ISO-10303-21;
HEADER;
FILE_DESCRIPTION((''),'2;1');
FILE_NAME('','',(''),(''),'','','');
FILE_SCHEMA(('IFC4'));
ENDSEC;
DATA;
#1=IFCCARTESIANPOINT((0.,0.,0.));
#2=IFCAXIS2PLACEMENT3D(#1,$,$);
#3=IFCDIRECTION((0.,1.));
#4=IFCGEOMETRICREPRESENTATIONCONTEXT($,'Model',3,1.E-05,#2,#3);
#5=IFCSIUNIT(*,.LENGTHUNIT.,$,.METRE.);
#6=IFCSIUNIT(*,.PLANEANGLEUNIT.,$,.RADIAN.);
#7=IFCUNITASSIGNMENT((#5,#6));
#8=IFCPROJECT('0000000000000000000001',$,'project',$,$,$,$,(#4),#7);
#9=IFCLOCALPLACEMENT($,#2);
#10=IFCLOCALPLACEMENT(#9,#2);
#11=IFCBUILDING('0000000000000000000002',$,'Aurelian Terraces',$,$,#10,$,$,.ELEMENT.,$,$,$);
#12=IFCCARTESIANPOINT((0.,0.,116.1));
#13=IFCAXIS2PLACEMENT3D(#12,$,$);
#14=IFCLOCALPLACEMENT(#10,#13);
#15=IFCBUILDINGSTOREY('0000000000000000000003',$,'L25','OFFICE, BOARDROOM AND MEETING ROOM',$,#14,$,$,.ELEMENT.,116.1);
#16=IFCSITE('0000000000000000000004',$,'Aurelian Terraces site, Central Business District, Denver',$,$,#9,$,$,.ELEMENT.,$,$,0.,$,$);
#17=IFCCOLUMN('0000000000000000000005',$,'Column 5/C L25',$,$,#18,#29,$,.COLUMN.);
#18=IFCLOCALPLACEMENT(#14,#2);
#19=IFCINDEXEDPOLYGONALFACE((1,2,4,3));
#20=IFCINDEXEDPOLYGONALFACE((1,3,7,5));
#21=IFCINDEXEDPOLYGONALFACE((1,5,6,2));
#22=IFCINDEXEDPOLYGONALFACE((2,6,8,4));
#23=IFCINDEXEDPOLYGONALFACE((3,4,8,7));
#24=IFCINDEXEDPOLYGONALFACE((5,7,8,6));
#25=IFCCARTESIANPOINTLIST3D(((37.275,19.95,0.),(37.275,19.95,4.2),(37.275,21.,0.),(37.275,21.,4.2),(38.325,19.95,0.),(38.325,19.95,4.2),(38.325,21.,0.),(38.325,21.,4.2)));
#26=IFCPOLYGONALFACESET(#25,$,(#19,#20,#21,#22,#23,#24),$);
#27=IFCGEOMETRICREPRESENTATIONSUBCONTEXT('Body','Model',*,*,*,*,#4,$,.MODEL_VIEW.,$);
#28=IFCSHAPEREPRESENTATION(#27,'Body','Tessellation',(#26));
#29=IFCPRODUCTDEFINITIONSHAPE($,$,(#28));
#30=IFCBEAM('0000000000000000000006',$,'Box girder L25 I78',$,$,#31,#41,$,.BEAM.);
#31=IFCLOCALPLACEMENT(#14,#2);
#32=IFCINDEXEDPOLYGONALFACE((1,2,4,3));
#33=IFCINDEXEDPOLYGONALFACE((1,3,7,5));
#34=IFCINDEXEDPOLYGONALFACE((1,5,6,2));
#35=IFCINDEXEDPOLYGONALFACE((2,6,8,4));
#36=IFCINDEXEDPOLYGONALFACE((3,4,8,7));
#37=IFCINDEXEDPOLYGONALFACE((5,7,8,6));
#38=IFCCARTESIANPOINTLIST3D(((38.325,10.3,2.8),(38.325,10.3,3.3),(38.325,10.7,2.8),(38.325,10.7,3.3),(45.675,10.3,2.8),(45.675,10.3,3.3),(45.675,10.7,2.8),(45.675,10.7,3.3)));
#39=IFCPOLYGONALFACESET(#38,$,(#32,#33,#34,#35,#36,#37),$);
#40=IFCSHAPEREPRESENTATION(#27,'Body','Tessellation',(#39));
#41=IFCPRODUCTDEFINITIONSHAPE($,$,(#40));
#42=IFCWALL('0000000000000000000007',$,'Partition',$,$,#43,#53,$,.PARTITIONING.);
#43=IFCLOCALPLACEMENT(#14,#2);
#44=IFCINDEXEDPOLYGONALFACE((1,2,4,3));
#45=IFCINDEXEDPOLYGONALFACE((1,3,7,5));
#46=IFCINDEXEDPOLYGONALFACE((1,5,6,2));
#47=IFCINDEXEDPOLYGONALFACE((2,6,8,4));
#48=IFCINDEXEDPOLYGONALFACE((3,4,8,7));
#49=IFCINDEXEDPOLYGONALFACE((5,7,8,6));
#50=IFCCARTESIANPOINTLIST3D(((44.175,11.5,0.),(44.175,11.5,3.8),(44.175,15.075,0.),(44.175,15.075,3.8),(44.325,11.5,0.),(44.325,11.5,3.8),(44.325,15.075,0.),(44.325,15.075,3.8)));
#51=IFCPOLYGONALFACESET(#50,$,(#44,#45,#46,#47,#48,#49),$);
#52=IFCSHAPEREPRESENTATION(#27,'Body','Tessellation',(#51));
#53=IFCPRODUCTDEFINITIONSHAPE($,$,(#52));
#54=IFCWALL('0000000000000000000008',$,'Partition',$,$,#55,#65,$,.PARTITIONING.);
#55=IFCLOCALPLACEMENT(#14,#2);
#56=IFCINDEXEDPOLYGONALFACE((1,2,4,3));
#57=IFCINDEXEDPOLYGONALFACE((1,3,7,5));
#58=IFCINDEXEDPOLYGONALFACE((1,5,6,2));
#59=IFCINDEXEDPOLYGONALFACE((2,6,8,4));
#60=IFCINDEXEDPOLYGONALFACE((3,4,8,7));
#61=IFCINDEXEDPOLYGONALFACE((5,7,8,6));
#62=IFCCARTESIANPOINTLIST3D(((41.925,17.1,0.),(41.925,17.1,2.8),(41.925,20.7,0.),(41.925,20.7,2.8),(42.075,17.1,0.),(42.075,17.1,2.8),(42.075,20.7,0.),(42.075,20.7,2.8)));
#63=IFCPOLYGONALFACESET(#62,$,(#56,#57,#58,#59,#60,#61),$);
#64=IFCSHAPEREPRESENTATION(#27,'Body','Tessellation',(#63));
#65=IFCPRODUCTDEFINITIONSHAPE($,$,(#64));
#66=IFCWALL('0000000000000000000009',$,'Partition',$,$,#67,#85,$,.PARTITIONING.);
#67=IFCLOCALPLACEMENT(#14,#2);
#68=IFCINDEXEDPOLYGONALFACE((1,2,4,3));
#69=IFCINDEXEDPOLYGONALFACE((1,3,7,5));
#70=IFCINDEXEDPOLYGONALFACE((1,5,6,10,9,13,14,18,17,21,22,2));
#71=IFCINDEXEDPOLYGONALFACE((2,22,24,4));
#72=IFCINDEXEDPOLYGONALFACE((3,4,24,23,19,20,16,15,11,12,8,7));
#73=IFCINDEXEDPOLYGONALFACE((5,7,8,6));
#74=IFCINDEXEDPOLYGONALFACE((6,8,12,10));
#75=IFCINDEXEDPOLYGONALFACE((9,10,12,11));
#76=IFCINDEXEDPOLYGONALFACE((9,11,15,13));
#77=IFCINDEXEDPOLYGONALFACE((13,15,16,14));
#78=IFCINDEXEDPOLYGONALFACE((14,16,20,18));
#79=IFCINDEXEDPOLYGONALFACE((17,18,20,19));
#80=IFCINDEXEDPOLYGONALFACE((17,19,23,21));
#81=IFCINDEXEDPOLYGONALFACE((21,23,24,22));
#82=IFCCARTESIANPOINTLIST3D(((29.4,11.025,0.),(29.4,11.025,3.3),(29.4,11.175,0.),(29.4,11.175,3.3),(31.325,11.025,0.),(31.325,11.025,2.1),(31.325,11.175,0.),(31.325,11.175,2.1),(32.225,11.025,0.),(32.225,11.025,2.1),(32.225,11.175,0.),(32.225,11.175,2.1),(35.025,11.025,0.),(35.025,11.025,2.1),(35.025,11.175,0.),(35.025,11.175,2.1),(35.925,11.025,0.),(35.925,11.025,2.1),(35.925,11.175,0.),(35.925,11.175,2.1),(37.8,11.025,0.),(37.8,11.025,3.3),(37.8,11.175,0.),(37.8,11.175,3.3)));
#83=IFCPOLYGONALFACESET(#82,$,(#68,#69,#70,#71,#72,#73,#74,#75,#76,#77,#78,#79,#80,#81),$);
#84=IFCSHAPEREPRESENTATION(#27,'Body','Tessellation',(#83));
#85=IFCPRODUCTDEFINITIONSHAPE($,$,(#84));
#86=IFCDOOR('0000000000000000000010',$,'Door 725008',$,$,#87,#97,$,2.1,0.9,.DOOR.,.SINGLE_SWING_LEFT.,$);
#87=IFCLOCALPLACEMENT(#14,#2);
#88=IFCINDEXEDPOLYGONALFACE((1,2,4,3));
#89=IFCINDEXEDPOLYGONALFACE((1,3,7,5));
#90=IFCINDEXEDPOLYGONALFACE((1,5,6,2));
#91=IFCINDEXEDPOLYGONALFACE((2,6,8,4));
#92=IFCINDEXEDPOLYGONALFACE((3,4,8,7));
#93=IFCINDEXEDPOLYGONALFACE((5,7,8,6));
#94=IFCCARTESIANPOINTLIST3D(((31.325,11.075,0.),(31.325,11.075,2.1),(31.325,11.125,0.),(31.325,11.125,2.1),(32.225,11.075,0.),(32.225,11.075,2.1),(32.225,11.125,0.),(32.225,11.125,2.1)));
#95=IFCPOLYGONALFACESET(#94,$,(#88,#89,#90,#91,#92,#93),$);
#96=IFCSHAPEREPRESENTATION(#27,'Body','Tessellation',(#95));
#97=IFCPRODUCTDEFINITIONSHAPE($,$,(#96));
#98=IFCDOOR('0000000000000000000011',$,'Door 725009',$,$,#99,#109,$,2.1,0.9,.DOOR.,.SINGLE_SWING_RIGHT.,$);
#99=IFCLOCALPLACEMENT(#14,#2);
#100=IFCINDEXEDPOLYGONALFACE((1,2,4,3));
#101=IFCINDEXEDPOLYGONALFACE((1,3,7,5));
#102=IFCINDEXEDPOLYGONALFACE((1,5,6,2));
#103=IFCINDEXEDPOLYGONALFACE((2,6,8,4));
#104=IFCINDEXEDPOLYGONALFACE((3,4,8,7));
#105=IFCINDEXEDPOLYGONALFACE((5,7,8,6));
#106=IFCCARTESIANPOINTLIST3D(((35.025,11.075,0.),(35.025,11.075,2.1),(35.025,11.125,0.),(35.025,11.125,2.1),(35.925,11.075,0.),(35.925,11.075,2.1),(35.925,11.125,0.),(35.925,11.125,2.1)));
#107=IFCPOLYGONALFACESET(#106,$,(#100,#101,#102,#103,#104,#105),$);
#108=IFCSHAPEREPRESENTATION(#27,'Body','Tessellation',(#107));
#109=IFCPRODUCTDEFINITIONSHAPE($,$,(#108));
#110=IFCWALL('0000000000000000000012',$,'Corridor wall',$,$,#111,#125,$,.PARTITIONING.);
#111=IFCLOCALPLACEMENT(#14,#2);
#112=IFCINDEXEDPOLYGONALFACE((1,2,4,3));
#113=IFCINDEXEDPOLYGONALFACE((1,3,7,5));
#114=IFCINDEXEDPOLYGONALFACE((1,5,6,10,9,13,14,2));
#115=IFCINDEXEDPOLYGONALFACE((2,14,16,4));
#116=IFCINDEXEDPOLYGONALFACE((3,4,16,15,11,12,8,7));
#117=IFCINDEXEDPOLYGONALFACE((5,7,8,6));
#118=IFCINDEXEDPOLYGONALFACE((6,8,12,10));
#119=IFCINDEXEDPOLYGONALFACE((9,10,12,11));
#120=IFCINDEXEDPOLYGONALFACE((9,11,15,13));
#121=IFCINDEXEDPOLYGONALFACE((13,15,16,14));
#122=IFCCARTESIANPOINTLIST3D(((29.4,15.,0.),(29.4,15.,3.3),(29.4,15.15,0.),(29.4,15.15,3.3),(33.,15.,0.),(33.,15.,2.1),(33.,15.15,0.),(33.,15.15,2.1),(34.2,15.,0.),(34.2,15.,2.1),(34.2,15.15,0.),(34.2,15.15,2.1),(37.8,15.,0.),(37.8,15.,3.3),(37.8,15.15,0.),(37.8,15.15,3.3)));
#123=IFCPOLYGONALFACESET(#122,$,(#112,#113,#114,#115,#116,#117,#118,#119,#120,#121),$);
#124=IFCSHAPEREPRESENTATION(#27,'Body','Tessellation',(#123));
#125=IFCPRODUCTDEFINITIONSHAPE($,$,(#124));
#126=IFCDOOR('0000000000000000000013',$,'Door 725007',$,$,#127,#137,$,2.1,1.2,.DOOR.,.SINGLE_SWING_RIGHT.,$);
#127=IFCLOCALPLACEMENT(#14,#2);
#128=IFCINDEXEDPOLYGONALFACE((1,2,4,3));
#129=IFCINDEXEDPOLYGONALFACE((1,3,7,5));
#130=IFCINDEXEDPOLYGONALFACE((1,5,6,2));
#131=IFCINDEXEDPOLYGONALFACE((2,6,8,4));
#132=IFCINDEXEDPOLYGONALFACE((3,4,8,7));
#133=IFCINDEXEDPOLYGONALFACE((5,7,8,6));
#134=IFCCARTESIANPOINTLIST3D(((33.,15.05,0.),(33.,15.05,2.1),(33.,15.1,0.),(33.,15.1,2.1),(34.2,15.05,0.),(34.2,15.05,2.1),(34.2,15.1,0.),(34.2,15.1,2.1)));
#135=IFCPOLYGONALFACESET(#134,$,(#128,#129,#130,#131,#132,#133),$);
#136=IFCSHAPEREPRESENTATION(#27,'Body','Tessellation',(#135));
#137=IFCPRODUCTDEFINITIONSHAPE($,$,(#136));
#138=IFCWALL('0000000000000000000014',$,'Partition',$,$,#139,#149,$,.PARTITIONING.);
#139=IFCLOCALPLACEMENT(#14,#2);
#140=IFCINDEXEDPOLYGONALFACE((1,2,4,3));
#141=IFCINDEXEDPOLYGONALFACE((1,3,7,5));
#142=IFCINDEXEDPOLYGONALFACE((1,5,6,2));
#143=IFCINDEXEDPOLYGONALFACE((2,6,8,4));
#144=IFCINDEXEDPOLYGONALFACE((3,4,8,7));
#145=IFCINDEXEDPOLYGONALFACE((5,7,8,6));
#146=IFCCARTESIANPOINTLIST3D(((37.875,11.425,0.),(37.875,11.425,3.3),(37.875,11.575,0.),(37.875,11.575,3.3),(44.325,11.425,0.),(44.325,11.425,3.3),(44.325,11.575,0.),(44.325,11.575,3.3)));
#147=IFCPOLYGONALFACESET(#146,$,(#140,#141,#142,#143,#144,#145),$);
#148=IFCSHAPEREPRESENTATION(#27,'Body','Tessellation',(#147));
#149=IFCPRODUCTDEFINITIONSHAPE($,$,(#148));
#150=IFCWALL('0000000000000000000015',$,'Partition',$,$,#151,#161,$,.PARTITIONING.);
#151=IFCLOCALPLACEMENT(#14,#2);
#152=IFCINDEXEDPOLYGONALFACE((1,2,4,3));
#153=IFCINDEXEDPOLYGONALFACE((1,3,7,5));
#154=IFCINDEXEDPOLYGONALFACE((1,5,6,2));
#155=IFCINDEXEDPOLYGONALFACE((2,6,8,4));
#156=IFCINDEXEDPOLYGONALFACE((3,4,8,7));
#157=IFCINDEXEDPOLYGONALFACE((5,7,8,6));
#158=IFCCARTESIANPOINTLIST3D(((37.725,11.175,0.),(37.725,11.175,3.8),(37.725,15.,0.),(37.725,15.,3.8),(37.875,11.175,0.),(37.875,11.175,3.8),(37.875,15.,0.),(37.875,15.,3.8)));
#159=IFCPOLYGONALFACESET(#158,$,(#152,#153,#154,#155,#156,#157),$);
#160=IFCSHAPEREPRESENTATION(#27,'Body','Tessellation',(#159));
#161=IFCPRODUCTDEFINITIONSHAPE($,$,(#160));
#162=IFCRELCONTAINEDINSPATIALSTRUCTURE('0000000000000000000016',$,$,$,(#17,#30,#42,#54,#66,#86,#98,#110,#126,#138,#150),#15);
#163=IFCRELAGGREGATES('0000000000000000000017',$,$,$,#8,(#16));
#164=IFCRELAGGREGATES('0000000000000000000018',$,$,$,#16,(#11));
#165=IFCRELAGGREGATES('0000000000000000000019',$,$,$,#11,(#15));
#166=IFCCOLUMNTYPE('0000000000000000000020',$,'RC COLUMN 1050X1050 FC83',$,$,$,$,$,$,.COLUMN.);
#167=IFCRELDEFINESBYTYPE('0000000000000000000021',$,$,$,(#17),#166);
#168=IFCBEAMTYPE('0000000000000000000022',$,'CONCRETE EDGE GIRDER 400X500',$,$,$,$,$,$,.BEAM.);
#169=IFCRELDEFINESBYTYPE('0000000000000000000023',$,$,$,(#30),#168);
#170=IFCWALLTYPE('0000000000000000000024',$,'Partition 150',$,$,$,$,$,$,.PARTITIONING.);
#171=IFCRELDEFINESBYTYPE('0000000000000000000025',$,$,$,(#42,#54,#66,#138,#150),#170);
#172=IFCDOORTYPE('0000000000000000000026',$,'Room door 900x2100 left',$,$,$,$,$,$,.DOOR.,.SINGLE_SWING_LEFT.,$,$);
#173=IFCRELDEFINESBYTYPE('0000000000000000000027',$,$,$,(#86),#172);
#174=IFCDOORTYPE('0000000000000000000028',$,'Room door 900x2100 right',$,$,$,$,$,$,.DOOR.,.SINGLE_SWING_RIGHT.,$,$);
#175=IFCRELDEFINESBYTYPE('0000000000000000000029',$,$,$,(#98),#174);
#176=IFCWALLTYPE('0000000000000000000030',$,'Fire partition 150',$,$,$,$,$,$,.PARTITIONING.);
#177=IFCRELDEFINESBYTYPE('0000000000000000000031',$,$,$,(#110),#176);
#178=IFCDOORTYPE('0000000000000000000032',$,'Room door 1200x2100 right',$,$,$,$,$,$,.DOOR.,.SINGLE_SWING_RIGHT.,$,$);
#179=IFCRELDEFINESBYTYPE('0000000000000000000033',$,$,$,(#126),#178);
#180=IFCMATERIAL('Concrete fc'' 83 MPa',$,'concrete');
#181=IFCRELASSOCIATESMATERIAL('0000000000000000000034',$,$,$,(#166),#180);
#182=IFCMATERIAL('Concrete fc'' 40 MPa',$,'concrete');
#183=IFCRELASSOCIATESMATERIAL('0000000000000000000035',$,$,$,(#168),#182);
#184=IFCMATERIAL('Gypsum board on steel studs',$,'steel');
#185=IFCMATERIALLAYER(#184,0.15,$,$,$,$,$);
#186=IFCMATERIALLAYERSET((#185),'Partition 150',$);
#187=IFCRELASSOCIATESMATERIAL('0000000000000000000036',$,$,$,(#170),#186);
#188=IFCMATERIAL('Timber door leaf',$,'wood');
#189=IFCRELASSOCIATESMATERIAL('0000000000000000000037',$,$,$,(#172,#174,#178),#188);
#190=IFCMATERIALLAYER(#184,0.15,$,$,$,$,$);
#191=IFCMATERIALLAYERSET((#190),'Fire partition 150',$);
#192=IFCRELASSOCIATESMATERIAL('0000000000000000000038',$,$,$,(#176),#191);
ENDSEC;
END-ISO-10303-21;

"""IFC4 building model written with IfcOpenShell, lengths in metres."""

from ifc_helpers import new_model, si_unit, direction, frame, frame_2d, origin, origin_2d, place, context, subcontext, project, spatial, rectangle, extrude, source, transform, mapped, material, layer, layer_set, material_profile, profile_set, type_object, element, fill, save


model = new_model("IFC4")

# Units and contexts
model_context = context("Model", 3, precision=1e-05, world=origin(), true_north=direction((0.0, 1.0)))
body_context = subcontext(model_context, "Body", "Model", "MODEL_VIEW")
ifc_project = project(units=[si_unit("LENGTHUNIT", "METRE"), si_unit("PLANEANGLEUNIT", "RADIAN")], contexts=[model_context])

# Site, building, storey
site_placement = place(None, origin())
site = spatial("IfcSite", under=ifc_project, at=site_placement, Name="Aurelian Terraces site, Central Business District, Denver", CompositionType="ELEMENT", RefElevation=0.0)
building_placement = place(site_placement, origin())
building = spatial("IfcBuilding", under=site, at=building_placement, Name="Aurelian Terraces", CompositionType="ELEMENT")
storey_placement = place(building_placement, frame((0.0, 0.0, 116.1)))
storey = spatial("IfcBuildingStorey", under=building, at=storey_placement, Name="L25", Description="OFFICE, BOARDROOM AND MEETING ROOM", CompositionType="ELEMENT", Elevation=116.1)

# Column
ifc_material_1 = material(Name="Concrete fc' 83 MPa", Category="concrete")
ifc_material_profile_1 = material_profile(ifc_material_1, rectangle(XDim=1.05, YDim=1.05, at=origin_2d()))
ifc_profile_set_1 = profile_set([ifc_material_profile_1], Name="Concrete fc' 83 MPa")
column_type = type_object("IfcColumnType", Name="RC COLUMN 1050X1050 FC83", PredefinedType="COLUMN", material=ifc_profile_set_1)
shared_shape_1 = source(origin(), body_context, "Body", "SweptSolid", [
    extrude(rectangle(XDim=1.05, YDim=1.05, at=origin_2d()), origin(), (0.0, 0.0, 1.0), 4.2),
])
column_placement = place(storey_placement, frame((37.8, 20.475, 0.0), z_axis=(0.0, 0.0, 1.0), x_axis=(1.0, 0.0, 0.0)))
element("IfcColumn", 1, at=column_placement, inside=storey, type_object=column_type, Name="Column 5/C L25", PredefinedType="COLUMN", context=body_context, shape_type="MappedRepresentation", body=[
    mapped(shared_shape_1, transform((0.0, 0.0, 0.0), scale=1.0)),
])

# Beam
ifc_material_2 = material(Name="Concrete fc' 40 MPa", Category="concrete")
ifc_material_profile_2 = material_profile(ifc_material_2, rectangle(XDim=0.4, YDim=0.5, at=origin_2d()))
ifc_profile_set_2 = profile_set([ifc_material_profile_2], Name="Concrete fc' 40 MPa")
beam_type = type_object("IfcBeamType", Name="CONCRETE EDGE GIRDER 400X500", PredefinedType="BEAM", material=ifc_profile_set_2)
shared_shape_2 = source(origin(), body_context, "Body", "SweptSolid", [
    extrude(rectangle(XDim=0.4, YDim=0.5, at=origin_2d()), origin(), (0.0, 0.0, 1.0), 7.35),
])
beam_placement = place(storey_placement, frame((38.325, 10.5, 3.05), z_axis=(1.0, 0.0, 0.0), x_axis=(0.0, 1.0, 0.0)))
element("IfcBeam", 2, at=beam_placement, inside=storey, type_object=beam_type, Name="Box girder L25 I78", PredefinedType="BEAM", context=body_context, shape_type="MappedRepresentation", body=[
    mapped(shared_shape_2, transform((0.0, 0.0, 0.0), scale=1.0)),
])

# Walls
ifc_material_3 = material(Name="Gypsum board on steel studs", Category="steel")
ifc_layer_1 = layer(ifc_material_3, 0.15)
ifc_layer_set_1 = layer_set([ifc_layer_1], Name="Partition 150")
wall_type_1 = type_object("IfcWallType", Name="Partition 150", PredefinedType="PARTITIONING", material=ifc_layer_set_1)
shared_shape_3 = source(origin(), body_context, "Body", "SweptSolid", [
    extrude(rectangle(XDim=3.575, YDim=0.15, at=frame_2d((1.7875, 0.0))), origin(), (0.0, 0.0, 1.0), 3.8),
])
wall_1_placement = place(storey_placement, frame((44.25, 11.5, 0.0), z_axis=(0.0, 0.0, 1.0), x_axis=(0.0, 1.0, 0.0)))
element("IfcWall", 3, at=wall_1_placement, inside=storey, type_object=wall_type_1, Name="Partition", PredefinedType="PARTITIONING", context=body_context, shape_type="MappedRepresentation", body=[
    mapped(shared_shape_3, transform((0.0, 0.0, 0.0), scale=1.0)),
])
shared_shape_4 = source(origin(), body_context, "Body", "SweptSolid", [
    extrude(rectangle(XDim=3.6, YDim=0.15, at=frame_2d((1.8, 0.0))), origin(), (0.0, 0.0, 1.0), 2.8),
])
wall_2_placement = place(storey_placement, frame((42.0, 17.1, 0.0), z_axis=(0.0, 0.0, 1.0), x_axis=(0.0, 1.0, 0.0)))
element("IfcWall", 4, at=wall_2_placement, inside=storey, type_object=wall_type_1, Name="Partition", PredefinedType="PARTITIONING", context=body_context, shape_type="MappedRepresentation", body=[
    mapped(shared_shape_4, transform((0.0, 0.0, 0.0), scale=1.0)),
])

# Wall, openings, doors
shared_shape_5 = source(origin(), body_context, "Body", "SweptSolid", [
    extrude(rectangle(XDim=8.4, YDim=0.15, at=frame_2d((4.2, 0.0))), origin(), (0.0, 0.0, 1.0), 3.3),
])
wall_3_placement = place(storey_placement, frame((37.8, 11.1, 0.0), z_axis=(0.0, 0.0, 1.0), x_axis=(-1.0, 0.0, 0.0)))
wall_3 = element("IfcWall", 5, at=wall_3_placement, inside=storey, type_object=wall_type_1, Name="Partition", PredefinedType="PARTITIONING", context=body_context, shape_type="MappedRepresentation", body=[
    mapped(shared_shape_5, transform((0.0, 0.0, 0.0), scale=1.0)),
])
shared_shape_6 = source(origin(), body_context, "Body", "SweptSolid", [
    extrude(rectangle(XDim=0.9, YDim=2.1, at=frame_2d((0.45, 1.05))), frame((0.0, 0.085, 0.0), z_axis=(0.0, -1.0, 0.0), x_axis=(1.0, 0.0, 0.0)), (0.0, 0.0, 1.0), 0.17),
])
opening_1_placement = place(wall_3_placement, frame((5.575, 0.0, 0.0)))
opening_1 = element("IfcOpeningElement", 6, at=opening_1_placement, cuts=wall_3, PredefinedType="OPENING", context=body_context, shape_type="MappedRepresentation", body=[
    mapped(shared_shape_6, transform((0.0, 0.0, 0.0), scale=1.0)),
])
opening_2_placement = place(wall_3_placement, frame((1.875, 0.0, 0.0)))
opening_2 = element("IfcOpeningElement", 7, at=opening_2_placement, cuts=wall_3, PredefinedType="OPENING", context=body_context, shape_type="MappedRepresentation", body=[
    mapped(shared_shape_6, transform((0.0, 0.0, 0.0), scale=1.0)),
])
ifc_material_4 = material(Name="Timber door leaf", Category="wood")
door_type_1 = type_object("IfcDoorType", Name="Room door 900x2100 left", OperationType="SINGLE_SWING_LEFT", PredefinedType="DOOR", material=ifc_material_4)
shared_shape_7 = source(origin(), body_context, "Body", "SweptSolid", [
    extrude(rectangle(XDim=0.9, YDim=2.1, at=frame_2d((0.45, 1.05))), frame((0.0, 0.025, 0.0), z_axis=(0.0, -1.0, 0.0), x_axis=(1.0, 0.0, 0.0)), (0.0, 0.0, 1.0), 0.05),
])
door_1_placement = place(opening_1_placement, origin())
door_1 = element("IfcDoor", 8, at=door_1_placement, inside=storey, type_object=door_type_1, Name="Door 725008", OperationType="SINGLE_SWING_LEFT", OverallHeight=2.1, OverallWidth=0.9, PredefinedType="DOOR", context=body_context, shape_type="MappedRepresentation", body=[
    mapped(shared_shape_7, transform((0.0, 0.0, 0.0), scale=1.0)),
])
fill(opening_1, door_1)
door_type_2 = type_object("IfcDoorType", Name="Room door 900x2100 right", OperationType="SINGLE_SWING_RIGHT", PredefinedType="DOOR", material=ifc_material_4)
door_2_placement = place(opening_2_placement, origin())
door_2 = element("IfcDoor", 9, at=door_2_placement, inside=storey, type_object=door_type_2, Name="Door 725009", OperationType="SINGLE_SWING_RIGHT", OverallHeight=2.1, OverallWidth=0.9, PredefinedType="DOOR", context=body_context, shape_type="MappedRepresentation", body=[
    mapped(shared_shape_7, transform((0.0, 0.0, 0.0), scale=1.0)),
])
fill(opening_2, door_2)

# Wall, opening, door
ifc_layer_2 = layer(ifc_material_3, 0.15)
ifc_layer_set_2 = layer_set([ifc_layer_2], Name="Fire partition 150")
wall_type_2 = type_object("IfcWallType", Name="Fire partition 150", PredefinedType="PARTITIONING", material=ifc_layer_set_2)
wall_4_placement = place(storey_placement, frame((37.8, 15.075, 0.0), z_axis=(0.0, 0.0, 1.0), x_axis=(-1.0, 0.0, 0.0)))
wall_4 = element("IfcWall", 10, at=wall_4_placement, inside=storey, type_object=wall_type_2, Name="Corridor wall", PredefinedType="PARTITIONING", context=body_context, shape_type="MappedRepresentation", body=[
    mapped(shared_shape_5, transform((0.0, 0.0, 0.0), scale=1.0)),
])
shared_shape_8 = source(origin(), body_context, "Body", "SweptSolid", [
    extrude(rectangle(XDim=1.2, YDim=2.1, at=frame_2d((0.6, 1.05))), frame((0.0, 0.085, 0.0), z_axis=(0.0, -1.0, 0.0), x_axis=(1.0, 0.0, 0.0)), (0.0, 0.0, 1.0), 0.17),
])
opening_3_placement = place(wall_4_placement, frame((3.6, 0.0, 0.0)))
opening_3 = element("IfcOpeningElement", 11, at=opening_3_placement, cuts=wall_4, PredefinedType="OPENING", context=body_context, shape_type="MappedRepresentation", body=[
    mapped(shared_shape_8, transform((0.0, 0.0, 0.0), scale=1.0)),
])
door_type_3 = type_object("IfcDoorType", Name="Room door 1200x2100 right", OperationType="SINGLE_SWING_RIGHT", PredefinedType="DOOR", material=ifc_material_4)
shared_shape_9 = source(origin(), body_context, "Body", "SweptSolid", [
    extrude(rectangle(XDim=1.2, YDim=2.1, at=frame_2d((0.6, 1.05))), frame((0.0, 0.025, 0.0), z_axis=(0.0, -1.0, 0.0), x_axis=(1.0, 0.0, 0.0)), (0.0, 0.0, 1.0), 0.05),
])
door_3_placement = place(opening_3_placement, origin())
door_3 = element("IfcDoor", 12, at=door_3_placement, inside=storey, type_object=door_type_3, Name="Door 725007", OperationType="SINGLE_SWING_RIGHT", OverallHeight=2.1, OverallWidth=1.2, PredefinedType="DOOR", context=body_context, shape_type="MappedRepresentation", body=[
    mapped(shared_shape_9, transform((0.0, 0.0, 0.0), scale=1.0)),
])
fill(opening_3, door_3)

# Walls
shared_shape_10 = source(origin(), body_context, "Body", "SweptSolid", [
    extrude(rectangle(XDim=6.45, YDim=0.15, at=frame_2d((3.225, 0.0))), origin(), (0.0, 0.0, 1.0), 3.3),
])
wall_5_placement = place(storey_placement, frame((37.875, 11.5, 0.0), z_axis=(0.0, 0.0, 1.0), x_axis=(1.0, 0.0, 0.0)))
element("IfcWall", 13, at=wall_5_placement, inside=storey, type_object=wall_type_1, Name="Partition", PredefinedType="PARTITIONING", context=body_context, shape_type="MappedRepresentation", body=[
    mapped(shared_shape_10, transform((0.0, 0.0, 0.0), scale=1.0)),
])
shared_shape_11 = source(origin(), body_context, "Body", "SweptSolid", [
    extrude(rectangle(XDim=3.825, YDim=0.15, at=frame_2d((1.9125, 0.0))), origin(), (0.0, 0.0, 1.0), 3.8),
])
wall_6_placement = place(storey_placement, frame((37.8, 11.175, 0.0), z_axis=(0.0, 0.0, 1.0), x_axis=(0.0, 1.0, 0.0)))
element("IfcWall", 14, at=wall_6_placement, inside=storey, type_object=wall_type_1, Name="Partition", PredefinedType="PARTITIONING", context=body_context, shape_type="MappedRepresentation", body=[
    mapped(shared_shape_11, transform((0.0, 0.0, 0.0), scale=1.0)),
])

save(model, "model.ifc")
